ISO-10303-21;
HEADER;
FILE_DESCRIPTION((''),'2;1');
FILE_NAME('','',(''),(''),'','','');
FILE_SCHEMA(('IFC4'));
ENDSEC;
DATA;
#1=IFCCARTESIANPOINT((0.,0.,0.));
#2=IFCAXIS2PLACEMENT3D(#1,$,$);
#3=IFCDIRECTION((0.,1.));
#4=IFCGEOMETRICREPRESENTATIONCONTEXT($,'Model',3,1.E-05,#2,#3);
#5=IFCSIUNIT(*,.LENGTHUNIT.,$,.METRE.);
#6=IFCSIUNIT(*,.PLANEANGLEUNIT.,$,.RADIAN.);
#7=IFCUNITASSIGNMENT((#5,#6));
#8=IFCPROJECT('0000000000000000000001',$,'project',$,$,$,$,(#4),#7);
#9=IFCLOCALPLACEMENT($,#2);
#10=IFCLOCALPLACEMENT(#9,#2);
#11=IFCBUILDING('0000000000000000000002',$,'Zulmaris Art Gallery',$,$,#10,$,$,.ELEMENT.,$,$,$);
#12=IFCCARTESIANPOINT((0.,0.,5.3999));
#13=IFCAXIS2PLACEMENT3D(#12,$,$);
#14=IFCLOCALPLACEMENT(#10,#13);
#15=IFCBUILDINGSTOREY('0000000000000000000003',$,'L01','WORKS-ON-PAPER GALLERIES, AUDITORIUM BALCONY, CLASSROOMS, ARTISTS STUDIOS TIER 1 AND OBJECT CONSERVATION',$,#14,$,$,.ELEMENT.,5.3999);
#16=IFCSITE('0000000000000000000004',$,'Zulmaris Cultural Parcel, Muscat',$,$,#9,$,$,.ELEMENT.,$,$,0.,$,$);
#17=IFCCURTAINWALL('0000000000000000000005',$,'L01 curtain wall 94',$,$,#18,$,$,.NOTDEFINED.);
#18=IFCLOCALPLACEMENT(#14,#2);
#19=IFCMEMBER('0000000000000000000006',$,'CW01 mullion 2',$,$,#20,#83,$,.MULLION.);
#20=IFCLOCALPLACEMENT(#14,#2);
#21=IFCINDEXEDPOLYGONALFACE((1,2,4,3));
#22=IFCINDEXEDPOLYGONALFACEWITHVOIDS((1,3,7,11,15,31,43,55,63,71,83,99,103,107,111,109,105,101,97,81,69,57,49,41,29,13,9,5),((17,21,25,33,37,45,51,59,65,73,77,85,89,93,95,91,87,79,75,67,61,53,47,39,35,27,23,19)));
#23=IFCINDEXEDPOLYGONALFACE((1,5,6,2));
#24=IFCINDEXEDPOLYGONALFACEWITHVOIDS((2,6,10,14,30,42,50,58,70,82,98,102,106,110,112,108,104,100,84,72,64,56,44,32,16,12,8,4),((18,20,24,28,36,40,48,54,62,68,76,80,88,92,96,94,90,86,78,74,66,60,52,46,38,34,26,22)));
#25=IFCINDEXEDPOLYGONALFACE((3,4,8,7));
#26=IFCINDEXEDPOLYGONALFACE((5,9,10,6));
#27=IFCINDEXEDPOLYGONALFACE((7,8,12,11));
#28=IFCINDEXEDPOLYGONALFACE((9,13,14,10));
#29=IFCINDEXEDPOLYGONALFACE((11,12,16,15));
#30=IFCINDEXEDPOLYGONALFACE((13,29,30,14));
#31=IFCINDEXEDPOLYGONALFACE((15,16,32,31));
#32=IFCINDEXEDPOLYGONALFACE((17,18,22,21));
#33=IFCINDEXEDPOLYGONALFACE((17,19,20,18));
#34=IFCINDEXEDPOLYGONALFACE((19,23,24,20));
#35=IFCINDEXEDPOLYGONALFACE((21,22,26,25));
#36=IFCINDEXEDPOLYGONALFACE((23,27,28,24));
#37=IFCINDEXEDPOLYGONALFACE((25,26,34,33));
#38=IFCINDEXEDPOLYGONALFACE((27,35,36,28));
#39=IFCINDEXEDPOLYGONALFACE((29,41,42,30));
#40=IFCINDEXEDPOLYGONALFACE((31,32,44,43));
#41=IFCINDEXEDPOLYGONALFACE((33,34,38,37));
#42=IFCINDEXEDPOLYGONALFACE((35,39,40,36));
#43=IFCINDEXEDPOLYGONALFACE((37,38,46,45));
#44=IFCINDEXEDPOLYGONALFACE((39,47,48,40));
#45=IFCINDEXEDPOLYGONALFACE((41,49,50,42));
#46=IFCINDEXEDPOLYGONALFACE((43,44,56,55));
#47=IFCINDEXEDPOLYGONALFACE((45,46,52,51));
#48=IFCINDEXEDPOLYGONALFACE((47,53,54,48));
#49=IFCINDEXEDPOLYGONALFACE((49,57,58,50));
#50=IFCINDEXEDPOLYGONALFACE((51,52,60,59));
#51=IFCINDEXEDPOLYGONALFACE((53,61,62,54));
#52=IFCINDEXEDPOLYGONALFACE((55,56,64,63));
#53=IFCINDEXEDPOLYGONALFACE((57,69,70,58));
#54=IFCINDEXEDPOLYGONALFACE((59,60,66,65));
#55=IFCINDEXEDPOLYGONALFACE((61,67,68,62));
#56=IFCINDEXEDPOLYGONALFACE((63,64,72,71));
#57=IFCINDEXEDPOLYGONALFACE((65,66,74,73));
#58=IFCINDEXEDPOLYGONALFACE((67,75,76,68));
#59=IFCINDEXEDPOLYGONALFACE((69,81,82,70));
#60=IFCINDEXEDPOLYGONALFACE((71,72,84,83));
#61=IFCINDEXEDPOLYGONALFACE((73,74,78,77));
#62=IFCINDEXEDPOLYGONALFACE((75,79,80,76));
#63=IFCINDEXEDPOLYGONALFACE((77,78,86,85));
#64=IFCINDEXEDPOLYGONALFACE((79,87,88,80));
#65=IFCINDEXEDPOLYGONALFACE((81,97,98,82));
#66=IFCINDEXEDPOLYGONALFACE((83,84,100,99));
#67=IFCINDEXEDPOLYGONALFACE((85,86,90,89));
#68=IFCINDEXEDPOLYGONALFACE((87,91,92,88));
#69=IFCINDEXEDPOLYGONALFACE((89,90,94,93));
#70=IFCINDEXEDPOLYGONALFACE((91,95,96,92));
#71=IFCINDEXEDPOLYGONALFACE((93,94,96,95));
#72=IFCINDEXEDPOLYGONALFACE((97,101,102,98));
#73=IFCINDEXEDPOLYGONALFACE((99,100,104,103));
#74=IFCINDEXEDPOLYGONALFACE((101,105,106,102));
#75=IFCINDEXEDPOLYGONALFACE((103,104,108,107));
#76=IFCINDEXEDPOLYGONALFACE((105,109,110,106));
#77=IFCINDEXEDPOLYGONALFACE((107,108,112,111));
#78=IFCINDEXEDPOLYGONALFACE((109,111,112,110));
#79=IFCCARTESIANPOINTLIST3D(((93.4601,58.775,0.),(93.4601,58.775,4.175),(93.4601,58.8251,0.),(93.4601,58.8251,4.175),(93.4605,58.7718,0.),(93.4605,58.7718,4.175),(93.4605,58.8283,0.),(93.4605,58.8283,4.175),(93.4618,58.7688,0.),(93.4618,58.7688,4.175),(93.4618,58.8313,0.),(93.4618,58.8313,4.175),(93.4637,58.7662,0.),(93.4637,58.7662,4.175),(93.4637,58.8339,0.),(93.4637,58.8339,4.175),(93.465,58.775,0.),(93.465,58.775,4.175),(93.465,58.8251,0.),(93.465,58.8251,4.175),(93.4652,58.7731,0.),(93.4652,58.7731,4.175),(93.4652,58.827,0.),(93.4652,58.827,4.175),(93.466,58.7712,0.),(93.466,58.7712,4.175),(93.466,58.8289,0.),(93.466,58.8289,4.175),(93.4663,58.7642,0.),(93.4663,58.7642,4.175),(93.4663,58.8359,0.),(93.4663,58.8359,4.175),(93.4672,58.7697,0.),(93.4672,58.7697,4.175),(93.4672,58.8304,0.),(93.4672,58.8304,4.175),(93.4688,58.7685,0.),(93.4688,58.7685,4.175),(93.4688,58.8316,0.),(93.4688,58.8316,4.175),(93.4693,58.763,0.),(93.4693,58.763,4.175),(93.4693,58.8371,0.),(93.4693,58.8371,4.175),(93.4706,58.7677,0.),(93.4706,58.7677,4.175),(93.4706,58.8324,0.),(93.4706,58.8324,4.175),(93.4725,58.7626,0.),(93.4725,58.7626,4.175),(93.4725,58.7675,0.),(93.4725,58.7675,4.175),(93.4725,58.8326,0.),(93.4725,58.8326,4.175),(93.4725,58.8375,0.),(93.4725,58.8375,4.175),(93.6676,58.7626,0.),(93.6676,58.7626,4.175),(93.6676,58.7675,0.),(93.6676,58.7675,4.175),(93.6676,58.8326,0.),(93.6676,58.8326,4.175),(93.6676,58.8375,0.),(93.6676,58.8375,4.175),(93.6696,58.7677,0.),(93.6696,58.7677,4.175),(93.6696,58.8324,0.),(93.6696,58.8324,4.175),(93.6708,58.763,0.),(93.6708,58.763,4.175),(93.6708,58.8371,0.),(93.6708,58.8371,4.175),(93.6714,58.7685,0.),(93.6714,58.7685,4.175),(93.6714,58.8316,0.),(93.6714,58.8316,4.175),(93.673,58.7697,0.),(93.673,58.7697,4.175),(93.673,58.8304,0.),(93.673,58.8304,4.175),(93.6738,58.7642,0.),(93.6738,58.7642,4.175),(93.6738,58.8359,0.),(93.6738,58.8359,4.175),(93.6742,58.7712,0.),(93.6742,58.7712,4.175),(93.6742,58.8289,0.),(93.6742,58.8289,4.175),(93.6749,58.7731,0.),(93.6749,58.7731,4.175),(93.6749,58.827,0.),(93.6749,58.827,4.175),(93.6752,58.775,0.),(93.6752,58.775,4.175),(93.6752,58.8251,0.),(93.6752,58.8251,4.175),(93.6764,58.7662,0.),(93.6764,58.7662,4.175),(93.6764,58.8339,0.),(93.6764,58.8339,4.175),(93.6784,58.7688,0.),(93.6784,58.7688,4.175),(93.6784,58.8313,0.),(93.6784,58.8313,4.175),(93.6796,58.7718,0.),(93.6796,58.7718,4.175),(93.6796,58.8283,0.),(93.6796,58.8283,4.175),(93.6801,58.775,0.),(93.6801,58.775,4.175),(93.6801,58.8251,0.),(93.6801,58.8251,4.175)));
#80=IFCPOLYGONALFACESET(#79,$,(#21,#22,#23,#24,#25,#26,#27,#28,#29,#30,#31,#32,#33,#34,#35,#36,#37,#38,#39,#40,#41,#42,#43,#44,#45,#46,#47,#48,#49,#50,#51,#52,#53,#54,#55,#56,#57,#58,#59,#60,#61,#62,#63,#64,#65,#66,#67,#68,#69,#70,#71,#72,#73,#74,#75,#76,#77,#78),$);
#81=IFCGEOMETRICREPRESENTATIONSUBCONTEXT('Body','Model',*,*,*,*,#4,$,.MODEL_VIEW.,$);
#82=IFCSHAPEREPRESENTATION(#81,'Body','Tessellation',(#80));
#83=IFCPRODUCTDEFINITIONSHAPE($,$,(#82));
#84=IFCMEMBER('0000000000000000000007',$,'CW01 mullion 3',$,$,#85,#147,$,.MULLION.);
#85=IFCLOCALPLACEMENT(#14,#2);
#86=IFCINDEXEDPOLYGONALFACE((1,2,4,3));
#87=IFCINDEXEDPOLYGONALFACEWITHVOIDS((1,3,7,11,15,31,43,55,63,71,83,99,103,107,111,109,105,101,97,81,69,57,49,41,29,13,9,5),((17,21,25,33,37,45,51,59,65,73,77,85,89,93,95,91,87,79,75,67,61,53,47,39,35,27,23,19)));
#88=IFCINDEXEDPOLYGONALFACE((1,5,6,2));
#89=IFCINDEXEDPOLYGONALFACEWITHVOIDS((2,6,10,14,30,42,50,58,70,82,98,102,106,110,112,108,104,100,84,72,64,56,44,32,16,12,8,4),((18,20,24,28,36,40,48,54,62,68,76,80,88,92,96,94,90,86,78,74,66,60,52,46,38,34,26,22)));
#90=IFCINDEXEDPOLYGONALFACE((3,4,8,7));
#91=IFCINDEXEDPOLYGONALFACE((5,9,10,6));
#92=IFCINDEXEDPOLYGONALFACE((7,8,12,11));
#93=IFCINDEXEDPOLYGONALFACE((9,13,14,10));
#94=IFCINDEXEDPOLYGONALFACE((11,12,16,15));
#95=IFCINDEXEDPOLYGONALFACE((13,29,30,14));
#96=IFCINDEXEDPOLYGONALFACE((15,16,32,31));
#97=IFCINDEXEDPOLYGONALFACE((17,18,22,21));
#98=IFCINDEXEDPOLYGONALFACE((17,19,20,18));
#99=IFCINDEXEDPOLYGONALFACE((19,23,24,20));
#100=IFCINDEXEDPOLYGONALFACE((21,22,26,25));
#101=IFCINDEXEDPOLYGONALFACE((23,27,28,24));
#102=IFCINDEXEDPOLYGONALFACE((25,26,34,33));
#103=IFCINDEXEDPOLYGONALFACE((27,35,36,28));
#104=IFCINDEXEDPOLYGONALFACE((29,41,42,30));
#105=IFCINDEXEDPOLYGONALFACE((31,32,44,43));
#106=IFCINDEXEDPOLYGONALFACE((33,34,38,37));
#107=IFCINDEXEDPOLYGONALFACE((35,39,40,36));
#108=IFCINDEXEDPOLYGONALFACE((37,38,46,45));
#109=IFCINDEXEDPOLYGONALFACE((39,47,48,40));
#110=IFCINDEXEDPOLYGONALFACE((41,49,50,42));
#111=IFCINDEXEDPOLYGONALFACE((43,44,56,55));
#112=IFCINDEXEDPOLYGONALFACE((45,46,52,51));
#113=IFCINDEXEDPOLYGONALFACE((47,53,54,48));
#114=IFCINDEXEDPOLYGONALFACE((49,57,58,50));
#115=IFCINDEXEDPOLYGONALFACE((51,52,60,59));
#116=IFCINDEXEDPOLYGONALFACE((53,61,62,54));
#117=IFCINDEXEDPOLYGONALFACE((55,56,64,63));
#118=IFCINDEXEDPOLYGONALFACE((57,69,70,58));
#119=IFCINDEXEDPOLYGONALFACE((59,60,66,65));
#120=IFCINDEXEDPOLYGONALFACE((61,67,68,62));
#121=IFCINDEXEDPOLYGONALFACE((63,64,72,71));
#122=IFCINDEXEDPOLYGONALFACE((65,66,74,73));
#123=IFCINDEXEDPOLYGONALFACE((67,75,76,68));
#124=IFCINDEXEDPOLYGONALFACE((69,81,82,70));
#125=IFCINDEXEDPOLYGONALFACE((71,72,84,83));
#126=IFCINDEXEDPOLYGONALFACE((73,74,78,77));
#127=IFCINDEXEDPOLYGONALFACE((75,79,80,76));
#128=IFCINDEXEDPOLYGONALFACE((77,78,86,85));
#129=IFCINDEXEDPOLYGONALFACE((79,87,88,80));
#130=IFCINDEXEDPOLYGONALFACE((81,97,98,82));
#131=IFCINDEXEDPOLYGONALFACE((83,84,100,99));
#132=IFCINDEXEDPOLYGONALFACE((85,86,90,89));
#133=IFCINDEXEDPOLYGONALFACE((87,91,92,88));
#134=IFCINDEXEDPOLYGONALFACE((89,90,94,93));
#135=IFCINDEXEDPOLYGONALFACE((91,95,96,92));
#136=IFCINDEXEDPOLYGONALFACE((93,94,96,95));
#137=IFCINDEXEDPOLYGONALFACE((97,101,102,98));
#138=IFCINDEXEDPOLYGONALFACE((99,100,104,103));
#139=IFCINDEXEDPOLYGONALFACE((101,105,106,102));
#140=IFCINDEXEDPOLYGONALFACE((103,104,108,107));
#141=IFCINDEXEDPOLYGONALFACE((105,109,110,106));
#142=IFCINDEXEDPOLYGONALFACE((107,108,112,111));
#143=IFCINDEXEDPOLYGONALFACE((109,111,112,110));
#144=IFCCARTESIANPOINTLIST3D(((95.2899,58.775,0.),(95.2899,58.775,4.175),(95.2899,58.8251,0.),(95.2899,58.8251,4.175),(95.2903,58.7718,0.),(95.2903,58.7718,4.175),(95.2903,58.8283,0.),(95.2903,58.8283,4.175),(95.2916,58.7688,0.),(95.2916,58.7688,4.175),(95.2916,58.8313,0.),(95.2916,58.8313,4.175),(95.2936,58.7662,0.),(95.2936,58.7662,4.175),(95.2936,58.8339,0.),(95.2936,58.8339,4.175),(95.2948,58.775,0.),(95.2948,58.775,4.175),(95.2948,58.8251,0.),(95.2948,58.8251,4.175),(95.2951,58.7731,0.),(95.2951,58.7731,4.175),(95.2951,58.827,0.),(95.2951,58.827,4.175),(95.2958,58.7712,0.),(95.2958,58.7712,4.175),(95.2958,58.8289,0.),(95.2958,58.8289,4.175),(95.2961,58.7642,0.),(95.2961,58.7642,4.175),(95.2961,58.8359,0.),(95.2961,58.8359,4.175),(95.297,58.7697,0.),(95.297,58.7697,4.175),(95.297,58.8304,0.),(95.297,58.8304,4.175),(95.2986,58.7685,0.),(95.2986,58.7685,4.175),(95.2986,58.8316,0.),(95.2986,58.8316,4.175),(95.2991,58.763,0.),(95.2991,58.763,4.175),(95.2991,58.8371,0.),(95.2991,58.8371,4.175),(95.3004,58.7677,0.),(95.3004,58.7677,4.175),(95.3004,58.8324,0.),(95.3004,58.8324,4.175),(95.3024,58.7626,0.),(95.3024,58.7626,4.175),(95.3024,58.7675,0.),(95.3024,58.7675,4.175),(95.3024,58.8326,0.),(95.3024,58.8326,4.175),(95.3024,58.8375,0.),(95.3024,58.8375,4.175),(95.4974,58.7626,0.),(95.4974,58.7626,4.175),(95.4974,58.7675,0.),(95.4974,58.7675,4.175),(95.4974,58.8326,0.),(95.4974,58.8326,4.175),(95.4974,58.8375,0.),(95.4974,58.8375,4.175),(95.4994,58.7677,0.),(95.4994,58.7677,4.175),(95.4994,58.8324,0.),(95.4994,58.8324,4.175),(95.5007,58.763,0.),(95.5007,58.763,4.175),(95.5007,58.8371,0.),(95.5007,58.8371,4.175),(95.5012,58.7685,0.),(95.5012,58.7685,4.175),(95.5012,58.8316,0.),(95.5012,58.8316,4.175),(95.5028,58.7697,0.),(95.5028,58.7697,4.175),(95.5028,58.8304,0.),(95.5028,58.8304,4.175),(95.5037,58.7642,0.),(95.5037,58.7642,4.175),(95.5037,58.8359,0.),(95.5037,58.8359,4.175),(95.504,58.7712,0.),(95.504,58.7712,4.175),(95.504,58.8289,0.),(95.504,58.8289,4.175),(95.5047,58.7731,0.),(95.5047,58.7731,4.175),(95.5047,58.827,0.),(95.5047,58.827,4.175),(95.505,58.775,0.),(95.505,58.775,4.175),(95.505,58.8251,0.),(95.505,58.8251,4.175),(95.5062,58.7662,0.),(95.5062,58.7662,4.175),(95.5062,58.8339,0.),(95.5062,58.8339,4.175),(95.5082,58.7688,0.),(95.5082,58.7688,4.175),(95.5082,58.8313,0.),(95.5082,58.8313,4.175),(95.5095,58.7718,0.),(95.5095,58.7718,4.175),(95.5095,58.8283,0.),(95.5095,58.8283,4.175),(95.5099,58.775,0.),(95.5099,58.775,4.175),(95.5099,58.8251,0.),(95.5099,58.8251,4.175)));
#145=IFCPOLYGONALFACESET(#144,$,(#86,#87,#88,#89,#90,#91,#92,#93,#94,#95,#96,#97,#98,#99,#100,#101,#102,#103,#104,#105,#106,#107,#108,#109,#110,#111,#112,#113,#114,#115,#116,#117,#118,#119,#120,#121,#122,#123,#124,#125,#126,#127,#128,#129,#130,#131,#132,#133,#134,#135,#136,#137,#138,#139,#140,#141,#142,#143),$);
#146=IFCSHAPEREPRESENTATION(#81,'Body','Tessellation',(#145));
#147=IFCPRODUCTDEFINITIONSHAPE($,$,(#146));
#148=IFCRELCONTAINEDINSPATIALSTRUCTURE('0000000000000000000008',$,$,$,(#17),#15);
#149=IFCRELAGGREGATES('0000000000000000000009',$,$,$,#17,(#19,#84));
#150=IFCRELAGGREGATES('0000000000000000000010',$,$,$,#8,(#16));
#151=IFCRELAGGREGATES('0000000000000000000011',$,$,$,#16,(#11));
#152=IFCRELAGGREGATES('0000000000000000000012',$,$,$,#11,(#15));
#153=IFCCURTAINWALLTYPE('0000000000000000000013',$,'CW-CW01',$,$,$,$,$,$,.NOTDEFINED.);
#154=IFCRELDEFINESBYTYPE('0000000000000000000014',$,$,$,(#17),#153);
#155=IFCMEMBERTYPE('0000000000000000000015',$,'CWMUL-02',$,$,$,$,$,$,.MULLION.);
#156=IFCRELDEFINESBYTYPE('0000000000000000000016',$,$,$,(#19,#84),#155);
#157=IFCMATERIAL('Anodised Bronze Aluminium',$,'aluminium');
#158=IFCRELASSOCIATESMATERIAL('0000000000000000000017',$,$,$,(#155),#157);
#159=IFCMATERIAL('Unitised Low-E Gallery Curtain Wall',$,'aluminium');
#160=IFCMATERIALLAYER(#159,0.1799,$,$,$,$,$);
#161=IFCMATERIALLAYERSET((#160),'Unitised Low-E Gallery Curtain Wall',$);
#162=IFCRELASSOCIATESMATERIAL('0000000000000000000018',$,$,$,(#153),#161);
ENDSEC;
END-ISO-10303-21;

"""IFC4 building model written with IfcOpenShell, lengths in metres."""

from ifc_helpers import new_model, si_unit, direction, frame, origin, origin_2d, place, context, subcontext, project, spatial, hollow_rectangle, extrude, material, layer, layer_set, material_profile, profile_set, type_object, element, aggregate, save


model = new_model("IFC4")

# Units and contexts
model_context = context("Model", 3, precision=1e-05, world=origin(), true_north=direction((0.0, 1.0)))
body_context = subcontext(model_context, "Body", "Model", "MODEL_VIEW")
ifc_project = project(units=[si_unit("LENGTHUNIT", "METRE"), si_unit("PLANEANGLEUNIT", "RADIAN")], contexts=[model_context])

# Site, building, storey
site_placement = place(None, origin())
site = spatial("IfcSite", under=ifc_project, at=site_placement, Name="Zulmaris Cultural Parcel, Muscat", CompositionType="ELEMENT", RefElevation=0.0)
building_placement = place(site_placement, origin())
building = spatial("IfcBuilding", under=site, at=building_placement, Name="Zulmaris Art Gallery", CompositionType="ELEMENT")
storey_placement = place(building_placement, frame((0.0, 0.0, 5.3999)))
storey = spatial("IfcBuildingStorey", under=building, at=storey_placement, Name="L01", Description="WORKS-ON-PAPER GALLERIES, AUDITORIUM BALCONY, CLASSROOMS, ARTISTS STUDIOS TIER 1 AND OBJECT CONSERVATION", CompositionType="ELEMENT", Elevation=5.3999)

# Shared definitions
ifc_material_1 = material(Name="Anodised Bronze Aluminium", Category="aluminium")
ifc_material_profile_1 = material_profile(ifc_material_1, hollow_rectangle(XDim=0.075, YDim=0.22, WallThickness=0.0049, InnerFilletRadius=0.0076, OuterFilletRadius=0.0125, at=origin_2d()), Name="ALU 75x220x5")
ifc_profile_set_1 = profile_set([ifc_material_profile_1], Name="Anodised Bronze Aluminium")
member_type_1 = type_object("IfcMemberType", Name="CWMUL-02", PredefinedType="MULLION", material=ifc_profile_set_1)

# Curtain wall, members
ifc_material_2 = material(Name="Unitised Low-E Gallery Curtain Wall", Category="aluminium")
ifc_layer_1 = layer(ifc_material_2, 0.1799)
ifc_layer_set_1 = layer_set([ifc_layer_1], Name="Unitised Low-E Gallery Curtain Wall")
curtain_wall_type_1 = type_object("IfcCurtainWallType", Name="CW-CW01", PredefinedType="NOTDEFINED", material=ifc_layer_set_1)
curtain_wall_1_placement = place(storey_placement, origin())
curtain_wall_1 = element("IfcCurtainWall", 1, at=curtain_wall_1_placement, inside=storey, type_object=curtain_wall_type_1, Name="L01 curtain wall 94", PredefinedType="NOTDEFINED")
member_1_placement = place(storey_placement, frame((93.5701, 58.8, 0.0), z_axis=(0.0, 0.0, 1.0), x_axis=(0.0, 1.0, 0.0)))
member_1 = element("IfcMember", 2, at=member_1_placement, type_object=member_type_1, Name="CW01 mullion 2", PredefinedType="MULLION", context=body_context, shape_type="SweptSolid", body=[
    extrude(hollow_rectangle(XDim=0.075, YDim=0.22, WallThickness=0.0049, InnerFilletRadius=0.0076, OuterFilletRadius=0.0125, at=origin_2d()), origin(), (0.0, 0.0, 1.0), 4.175),
])
member_2_placement = place(storey_placement, frame((95.3999, 58.8, 0.0), z_axis=(0.0, 0.0, 1.0), x_axis=(0.0, 1.0, 0.0)))
member_2 = element("IfcMember", 3, at=member_2_placement, type_object=member_type_1, Name="CW01 mullion 3", PredefinedType="MULLION", context=body_context, shape_type="SweptSolid", body=[
    extrude(hollow_rectangle(XDim=0.075, YDim=0.22, WallThickness=0.0049, InnerFilletRadius=0.0076, OuterFilletRadius=0.0125, at=origin_2d()), origin(), (0.0, 0.0, 1.0), 4.175),
])

aggregate(curtain_wall_1, [member_1, member_2])

save(model, "model.ifc")
